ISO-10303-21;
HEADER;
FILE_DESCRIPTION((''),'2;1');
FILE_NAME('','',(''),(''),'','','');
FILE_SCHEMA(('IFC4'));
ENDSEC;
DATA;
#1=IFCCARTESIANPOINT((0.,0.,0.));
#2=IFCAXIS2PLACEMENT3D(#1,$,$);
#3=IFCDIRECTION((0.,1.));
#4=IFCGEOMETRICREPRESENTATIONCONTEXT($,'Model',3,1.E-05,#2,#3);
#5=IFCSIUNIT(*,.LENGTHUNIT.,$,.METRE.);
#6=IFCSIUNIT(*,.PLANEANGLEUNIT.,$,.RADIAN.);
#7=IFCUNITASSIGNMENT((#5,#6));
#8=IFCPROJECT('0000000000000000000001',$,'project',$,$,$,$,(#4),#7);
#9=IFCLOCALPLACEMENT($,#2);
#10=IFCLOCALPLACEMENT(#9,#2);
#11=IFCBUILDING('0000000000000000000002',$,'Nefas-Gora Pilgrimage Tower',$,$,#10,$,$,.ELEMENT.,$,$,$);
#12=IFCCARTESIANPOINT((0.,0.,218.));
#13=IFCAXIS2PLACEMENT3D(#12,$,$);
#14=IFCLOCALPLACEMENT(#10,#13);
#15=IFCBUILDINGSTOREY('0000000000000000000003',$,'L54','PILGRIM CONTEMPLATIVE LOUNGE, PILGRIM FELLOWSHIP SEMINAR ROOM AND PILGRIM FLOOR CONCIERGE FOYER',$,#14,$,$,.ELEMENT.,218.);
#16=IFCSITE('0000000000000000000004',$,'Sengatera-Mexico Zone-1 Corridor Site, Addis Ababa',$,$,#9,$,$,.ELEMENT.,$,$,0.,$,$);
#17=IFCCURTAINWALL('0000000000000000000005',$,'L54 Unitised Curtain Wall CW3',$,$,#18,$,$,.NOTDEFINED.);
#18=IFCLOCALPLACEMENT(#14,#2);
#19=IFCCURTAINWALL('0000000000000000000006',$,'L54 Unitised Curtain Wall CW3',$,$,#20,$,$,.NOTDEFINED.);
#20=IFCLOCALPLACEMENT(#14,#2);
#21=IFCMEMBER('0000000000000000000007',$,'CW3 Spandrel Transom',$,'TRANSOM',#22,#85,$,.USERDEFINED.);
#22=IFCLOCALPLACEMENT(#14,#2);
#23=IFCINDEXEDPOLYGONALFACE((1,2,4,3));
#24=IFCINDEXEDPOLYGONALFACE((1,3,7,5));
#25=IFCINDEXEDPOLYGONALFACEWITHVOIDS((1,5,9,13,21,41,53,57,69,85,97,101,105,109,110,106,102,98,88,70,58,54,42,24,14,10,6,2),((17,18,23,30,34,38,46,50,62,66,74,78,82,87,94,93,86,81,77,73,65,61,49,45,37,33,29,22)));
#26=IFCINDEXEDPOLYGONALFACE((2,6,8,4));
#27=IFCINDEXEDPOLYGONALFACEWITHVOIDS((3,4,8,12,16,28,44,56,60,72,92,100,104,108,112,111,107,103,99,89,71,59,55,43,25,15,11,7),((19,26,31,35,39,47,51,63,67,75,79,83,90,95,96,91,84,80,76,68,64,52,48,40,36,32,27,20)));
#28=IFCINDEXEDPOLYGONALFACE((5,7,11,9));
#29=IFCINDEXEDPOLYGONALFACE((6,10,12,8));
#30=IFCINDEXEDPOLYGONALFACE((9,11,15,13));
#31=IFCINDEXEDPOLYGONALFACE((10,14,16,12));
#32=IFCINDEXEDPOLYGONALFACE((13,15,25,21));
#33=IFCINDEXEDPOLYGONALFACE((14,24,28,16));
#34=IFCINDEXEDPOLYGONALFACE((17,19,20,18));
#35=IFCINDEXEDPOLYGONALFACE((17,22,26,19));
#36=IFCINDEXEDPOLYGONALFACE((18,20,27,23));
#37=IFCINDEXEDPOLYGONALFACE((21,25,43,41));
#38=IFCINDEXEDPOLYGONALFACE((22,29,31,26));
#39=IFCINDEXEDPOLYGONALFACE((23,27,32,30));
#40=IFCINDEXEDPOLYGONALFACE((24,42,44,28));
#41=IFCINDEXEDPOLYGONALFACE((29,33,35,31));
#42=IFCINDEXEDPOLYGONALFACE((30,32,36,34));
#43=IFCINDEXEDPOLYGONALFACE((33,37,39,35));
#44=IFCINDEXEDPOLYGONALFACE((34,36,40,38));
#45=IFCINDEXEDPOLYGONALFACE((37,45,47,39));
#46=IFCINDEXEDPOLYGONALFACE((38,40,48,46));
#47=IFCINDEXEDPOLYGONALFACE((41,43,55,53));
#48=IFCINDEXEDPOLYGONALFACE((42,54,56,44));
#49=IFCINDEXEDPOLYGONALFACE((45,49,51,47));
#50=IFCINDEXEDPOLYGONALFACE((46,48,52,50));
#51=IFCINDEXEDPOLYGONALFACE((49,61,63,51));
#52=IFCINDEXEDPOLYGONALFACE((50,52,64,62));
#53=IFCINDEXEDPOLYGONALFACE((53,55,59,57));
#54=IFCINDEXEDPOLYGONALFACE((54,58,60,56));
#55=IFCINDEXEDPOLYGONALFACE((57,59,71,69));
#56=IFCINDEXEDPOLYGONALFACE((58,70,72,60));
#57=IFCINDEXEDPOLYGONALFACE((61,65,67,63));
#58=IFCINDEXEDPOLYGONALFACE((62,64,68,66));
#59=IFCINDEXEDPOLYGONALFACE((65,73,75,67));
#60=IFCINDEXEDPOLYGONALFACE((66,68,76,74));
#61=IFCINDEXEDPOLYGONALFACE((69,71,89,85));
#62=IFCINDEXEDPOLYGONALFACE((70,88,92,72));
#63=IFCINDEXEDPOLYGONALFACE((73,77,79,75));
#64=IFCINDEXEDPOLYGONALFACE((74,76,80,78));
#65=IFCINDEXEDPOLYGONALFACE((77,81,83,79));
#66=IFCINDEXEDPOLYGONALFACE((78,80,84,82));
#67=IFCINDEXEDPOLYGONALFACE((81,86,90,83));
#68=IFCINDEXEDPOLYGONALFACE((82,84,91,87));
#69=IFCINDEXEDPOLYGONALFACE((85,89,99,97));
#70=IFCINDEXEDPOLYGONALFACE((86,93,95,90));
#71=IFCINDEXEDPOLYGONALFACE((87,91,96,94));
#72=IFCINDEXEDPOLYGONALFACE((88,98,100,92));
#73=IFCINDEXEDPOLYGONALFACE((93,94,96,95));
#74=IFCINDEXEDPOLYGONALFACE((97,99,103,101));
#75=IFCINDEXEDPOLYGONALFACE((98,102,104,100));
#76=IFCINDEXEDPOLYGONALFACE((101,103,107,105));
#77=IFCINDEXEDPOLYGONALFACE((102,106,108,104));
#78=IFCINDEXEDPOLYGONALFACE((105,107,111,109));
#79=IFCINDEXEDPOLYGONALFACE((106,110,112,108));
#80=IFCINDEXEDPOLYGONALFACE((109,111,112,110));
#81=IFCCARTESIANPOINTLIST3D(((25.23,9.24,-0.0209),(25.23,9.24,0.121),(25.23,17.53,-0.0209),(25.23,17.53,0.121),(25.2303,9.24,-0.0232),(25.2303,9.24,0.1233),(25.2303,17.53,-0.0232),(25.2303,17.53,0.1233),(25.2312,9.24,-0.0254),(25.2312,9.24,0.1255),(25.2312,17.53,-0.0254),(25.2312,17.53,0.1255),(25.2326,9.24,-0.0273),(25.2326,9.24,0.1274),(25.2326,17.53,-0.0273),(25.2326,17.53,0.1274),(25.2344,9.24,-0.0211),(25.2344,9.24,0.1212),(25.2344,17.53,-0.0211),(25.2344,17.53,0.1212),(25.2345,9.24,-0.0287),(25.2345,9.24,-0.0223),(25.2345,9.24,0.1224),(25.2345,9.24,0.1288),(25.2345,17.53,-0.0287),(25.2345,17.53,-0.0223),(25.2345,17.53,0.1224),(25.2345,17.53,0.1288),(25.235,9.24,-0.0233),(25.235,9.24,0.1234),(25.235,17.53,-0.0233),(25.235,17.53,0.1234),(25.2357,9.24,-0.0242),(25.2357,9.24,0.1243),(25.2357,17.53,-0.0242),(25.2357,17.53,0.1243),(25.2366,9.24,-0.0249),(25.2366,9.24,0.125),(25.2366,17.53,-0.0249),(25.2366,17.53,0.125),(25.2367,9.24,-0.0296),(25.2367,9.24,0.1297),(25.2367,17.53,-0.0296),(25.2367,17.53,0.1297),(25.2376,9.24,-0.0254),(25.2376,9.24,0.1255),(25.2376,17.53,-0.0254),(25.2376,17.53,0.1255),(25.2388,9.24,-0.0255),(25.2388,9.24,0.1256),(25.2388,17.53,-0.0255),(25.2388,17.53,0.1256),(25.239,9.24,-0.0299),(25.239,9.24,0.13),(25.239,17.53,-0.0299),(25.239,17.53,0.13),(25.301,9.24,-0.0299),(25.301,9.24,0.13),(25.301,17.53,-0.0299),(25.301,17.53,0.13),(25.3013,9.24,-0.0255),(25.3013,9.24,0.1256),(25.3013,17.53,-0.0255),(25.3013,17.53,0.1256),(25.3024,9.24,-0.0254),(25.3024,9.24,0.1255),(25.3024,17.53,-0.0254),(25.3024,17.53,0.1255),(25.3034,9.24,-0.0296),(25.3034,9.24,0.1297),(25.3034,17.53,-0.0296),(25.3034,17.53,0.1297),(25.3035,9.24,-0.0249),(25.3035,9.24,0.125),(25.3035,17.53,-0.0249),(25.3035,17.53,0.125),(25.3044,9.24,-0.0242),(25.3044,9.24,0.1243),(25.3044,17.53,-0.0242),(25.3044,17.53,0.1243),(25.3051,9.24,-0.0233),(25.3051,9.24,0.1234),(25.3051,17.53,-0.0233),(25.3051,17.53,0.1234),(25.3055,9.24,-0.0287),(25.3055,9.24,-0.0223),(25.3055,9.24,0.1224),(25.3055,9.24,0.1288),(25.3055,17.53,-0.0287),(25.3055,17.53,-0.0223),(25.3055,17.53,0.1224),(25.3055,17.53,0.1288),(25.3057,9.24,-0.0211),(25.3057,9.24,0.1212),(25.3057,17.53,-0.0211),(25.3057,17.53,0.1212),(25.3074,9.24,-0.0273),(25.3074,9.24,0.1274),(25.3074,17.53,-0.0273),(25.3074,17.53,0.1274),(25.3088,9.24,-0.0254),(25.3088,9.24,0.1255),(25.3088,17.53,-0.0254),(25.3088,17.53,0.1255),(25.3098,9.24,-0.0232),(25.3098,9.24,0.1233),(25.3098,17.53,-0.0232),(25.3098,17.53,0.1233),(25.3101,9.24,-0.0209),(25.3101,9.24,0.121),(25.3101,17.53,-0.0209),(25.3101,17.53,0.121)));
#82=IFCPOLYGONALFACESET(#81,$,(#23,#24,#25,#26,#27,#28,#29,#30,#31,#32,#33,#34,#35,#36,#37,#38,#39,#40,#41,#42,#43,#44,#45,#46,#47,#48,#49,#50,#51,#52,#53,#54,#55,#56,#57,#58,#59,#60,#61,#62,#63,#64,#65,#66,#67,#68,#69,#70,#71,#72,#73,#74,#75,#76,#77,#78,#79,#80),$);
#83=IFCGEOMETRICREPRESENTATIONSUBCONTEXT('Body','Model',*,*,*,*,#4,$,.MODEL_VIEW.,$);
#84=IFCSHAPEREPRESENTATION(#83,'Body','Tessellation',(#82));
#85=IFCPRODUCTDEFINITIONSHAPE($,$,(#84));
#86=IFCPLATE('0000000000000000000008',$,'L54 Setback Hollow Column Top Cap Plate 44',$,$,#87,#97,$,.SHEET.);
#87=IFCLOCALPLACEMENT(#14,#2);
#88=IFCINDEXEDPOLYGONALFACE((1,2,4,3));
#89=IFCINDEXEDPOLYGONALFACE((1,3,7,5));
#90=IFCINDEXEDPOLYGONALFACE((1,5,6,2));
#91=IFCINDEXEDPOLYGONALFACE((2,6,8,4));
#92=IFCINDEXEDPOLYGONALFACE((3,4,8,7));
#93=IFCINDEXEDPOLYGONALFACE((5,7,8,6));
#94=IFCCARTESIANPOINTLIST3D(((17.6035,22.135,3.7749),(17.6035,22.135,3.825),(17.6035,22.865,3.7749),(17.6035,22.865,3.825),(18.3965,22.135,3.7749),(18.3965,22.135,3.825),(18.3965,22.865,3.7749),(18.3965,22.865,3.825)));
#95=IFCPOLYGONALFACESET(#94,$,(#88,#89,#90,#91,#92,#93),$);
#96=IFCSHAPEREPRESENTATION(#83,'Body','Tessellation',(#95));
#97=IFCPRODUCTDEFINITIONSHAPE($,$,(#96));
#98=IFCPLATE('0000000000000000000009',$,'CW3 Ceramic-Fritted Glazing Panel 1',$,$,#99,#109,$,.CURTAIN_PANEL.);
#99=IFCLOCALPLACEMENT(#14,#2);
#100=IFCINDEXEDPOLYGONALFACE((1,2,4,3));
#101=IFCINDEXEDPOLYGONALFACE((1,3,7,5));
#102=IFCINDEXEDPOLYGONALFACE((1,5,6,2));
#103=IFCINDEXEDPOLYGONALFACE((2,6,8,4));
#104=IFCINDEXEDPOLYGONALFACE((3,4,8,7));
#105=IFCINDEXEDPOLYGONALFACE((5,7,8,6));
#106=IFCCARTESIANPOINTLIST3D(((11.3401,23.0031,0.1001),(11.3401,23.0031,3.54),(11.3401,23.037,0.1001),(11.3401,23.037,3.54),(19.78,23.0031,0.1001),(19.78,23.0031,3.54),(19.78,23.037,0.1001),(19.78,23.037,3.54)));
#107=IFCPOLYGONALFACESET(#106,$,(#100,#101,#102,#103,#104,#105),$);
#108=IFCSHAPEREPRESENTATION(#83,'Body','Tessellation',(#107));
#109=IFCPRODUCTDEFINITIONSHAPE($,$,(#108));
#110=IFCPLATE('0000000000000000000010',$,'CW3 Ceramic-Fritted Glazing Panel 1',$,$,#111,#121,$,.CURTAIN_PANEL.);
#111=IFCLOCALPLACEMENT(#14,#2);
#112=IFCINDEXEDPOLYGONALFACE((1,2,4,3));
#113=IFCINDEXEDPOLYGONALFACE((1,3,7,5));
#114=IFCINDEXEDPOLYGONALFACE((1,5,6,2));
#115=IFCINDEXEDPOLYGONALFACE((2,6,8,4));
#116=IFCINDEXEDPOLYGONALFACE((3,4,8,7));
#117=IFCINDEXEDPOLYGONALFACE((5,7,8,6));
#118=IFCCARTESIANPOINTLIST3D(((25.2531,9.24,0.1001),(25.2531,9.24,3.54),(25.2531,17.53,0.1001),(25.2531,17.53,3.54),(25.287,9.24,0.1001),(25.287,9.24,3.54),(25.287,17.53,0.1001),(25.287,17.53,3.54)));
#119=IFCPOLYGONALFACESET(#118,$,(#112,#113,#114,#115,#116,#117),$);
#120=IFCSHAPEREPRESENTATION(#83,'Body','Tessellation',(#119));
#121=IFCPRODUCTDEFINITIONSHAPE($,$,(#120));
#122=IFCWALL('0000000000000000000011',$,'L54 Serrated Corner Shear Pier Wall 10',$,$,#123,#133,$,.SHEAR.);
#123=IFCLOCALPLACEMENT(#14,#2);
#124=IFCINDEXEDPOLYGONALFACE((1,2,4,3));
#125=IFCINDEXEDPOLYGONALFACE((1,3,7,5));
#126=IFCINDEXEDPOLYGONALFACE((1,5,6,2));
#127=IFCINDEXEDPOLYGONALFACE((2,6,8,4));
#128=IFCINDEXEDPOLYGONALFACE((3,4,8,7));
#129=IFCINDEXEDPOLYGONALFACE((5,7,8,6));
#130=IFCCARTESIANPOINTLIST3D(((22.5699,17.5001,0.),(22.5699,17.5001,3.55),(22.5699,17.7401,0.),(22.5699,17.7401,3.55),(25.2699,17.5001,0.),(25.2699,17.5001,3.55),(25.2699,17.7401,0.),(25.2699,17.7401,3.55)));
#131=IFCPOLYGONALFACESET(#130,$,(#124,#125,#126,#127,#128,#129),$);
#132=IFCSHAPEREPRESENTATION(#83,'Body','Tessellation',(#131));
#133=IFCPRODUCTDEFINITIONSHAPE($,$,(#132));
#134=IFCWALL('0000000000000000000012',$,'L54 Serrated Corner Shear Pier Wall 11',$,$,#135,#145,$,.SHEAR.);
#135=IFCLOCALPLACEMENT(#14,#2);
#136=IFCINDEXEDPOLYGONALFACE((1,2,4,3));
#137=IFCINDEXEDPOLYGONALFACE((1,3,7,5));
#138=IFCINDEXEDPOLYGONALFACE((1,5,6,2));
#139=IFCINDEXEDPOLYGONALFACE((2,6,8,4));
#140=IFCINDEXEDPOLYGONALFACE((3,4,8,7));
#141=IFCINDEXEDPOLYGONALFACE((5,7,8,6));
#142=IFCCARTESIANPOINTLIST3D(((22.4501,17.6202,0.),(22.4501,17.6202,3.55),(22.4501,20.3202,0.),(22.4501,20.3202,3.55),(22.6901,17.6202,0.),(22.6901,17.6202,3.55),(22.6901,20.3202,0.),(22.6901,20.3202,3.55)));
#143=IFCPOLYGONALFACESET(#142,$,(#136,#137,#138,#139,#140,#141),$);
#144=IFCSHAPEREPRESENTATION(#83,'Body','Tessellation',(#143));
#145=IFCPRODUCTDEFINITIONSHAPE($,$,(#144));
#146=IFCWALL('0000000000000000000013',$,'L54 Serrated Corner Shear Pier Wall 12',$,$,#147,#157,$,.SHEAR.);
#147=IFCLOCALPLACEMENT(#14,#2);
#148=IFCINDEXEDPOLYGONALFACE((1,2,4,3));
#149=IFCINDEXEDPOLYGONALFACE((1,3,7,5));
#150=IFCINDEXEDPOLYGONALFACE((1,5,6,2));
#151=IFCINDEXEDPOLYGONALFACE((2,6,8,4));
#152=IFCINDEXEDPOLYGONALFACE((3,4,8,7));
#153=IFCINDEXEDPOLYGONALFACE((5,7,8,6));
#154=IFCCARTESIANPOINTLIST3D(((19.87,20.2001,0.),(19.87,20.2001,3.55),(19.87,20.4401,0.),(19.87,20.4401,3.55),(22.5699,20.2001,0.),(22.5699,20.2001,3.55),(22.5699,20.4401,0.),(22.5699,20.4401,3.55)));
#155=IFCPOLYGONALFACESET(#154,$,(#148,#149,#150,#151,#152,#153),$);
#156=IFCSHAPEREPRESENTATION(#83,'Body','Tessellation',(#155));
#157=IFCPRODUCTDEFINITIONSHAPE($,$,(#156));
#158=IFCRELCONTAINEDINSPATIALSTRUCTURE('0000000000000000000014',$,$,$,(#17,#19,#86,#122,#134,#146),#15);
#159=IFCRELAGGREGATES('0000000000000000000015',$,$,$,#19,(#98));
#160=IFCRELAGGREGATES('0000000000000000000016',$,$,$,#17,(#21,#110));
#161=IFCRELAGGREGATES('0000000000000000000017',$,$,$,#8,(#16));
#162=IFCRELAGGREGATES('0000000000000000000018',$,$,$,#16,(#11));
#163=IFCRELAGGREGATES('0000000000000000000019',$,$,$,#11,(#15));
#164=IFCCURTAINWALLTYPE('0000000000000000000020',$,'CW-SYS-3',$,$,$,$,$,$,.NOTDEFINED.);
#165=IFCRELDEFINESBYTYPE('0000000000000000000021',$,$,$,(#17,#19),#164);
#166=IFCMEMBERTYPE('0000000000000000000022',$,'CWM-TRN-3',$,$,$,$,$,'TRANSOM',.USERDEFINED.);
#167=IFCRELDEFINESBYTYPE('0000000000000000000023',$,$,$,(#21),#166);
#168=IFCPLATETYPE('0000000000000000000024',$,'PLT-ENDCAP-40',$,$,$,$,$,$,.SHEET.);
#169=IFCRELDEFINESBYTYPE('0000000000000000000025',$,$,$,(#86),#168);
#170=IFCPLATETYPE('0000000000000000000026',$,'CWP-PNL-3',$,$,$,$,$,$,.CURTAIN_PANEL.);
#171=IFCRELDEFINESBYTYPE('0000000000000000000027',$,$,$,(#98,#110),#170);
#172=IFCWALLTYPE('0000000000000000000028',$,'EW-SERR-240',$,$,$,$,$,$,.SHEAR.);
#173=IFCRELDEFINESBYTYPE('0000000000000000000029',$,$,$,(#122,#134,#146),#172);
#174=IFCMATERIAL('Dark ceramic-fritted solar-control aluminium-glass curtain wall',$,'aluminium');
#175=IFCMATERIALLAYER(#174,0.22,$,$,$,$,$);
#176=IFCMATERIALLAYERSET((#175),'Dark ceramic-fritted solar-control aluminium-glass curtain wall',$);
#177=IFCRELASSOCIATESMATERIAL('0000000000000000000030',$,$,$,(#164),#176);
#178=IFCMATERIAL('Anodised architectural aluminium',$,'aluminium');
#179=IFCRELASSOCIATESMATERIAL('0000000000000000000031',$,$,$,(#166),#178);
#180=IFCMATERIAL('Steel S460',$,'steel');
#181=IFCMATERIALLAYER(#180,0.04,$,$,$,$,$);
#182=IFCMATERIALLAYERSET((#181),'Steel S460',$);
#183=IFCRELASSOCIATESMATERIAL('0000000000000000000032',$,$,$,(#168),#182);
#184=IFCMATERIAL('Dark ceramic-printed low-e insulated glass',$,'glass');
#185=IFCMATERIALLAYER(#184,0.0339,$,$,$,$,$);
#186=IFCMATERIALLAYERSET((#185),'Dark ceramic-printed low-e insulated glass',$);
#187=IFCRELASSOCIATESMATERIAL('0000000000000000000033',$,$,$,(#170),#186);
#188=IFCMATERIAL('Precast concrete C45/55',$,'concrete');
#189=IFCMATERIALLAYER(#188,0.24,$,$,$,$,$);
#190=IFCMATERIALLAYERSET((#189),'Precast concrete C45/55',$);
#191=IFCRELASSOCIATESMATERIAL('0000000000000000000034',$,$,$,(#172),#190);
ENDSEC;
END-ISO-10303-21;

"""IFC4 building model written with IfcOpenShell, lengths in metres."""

from ifc_helpers import new_model, si_unit, direction, frame, frame_2d, origin, origin_2d, place, context, subcontext, project, spatial, rectangle, hollow_rectangle, extrude, source, transform, mapped, material, layer, layer_set, material_profile, profile_set, type_object, element, aggregate, save


model = new_model("IFC4")

# Units and contexts
model_context = context("Model", 3, precision=1e-05, world=origin(), true_north=direction((0.0, 1.0)))
body_context = subcontext(model_context, "Body", "Model", "MODEL_VIEW")
ifc_project = project(units=[si_unit("LENGTHUNIT", "METRE"), si_unit("PLANEANGLEUNIT", "RADIAN")], contexts=[model_context])

# Site, building, storey
site_placement = place(None, origin())
site = spatial("IfcSite", under=ifc_project, at=site_placement, Name="Sengatera-Mexico Zone-1 Corridor Site, Addis Ababa", CompositionType="ELEMENT", RefElevation=0.0)
building_placement = place(site_placement, origin())
building = spatial("IfcBuilding", under=site, at=building_placement, Name="Nefas-Gora Pilgrimage Tower", CompositionType="ELEMENT")
storey_placement = place(building_placement, frame((0.0, 0.0, 218.0)))
storey = spatial("IfcBuildingStorey", under=building, at=storey_placement, Name="L54", Description="PILGRIM CONTEMPLATIVE LOUNGE, PILGRIM FELLOWSHIP SEMINAR ROOM AND PILGRIM FLOOR CONCIERGE FOYER", CompositionType="ELEMENT", Elevation=218.0)

# Shared definitions
ifc_material_1 = material(Name="Steel S460", Category="steel")

# Curtain walls
ifc_material_2 = material(Name="Dark ceramic-fritted solar-control aluminium-glass curtain wall", Category="aluminium")
ifc_layer_1 = layer(ifc_material_2, 0.22)
ifc_layer_set_1 = layer_set([ifc_layer_1], Name="Dark ceramic-fritted solar-control aluminium-glass curtain wall")
curtain_wall_type = type_object("IfcCurtainWallType", Name="CW-SYS-3", PredefinedType="NOTDEFINED", material=ifc_layer_set_1)
curtain_wall_1_placement = place(storey_placement, origin())
curtain_wall_1 = element("IfcCurtainWall", 1, at=curtain_wall_1_placement, inside=storey, type_object=curtain_wall_type, Name="L54 Unitised Curtain Wall CW3", PredefinedType="NOTDEFINED")
ifc_material_3 = material(Name="Anodised architectural aluminium", Category="aluminium")
curtain_wall_2_placement = place(storey_placement, origin())
curtain_wall_2 = element("IfcCurtainWall", 2, at=curtain_wall_2_placement, inside=storey, type_object=curtain_wall_type, Name="L54 Unitised Curtain Wall CW3", PredefinedType="NOTDEFINED")
ifc_material_profile_1 = material_profile(ifc_material_3, hollow_rectangle(XDim=0.0801, YDim=0.1599, WallThickness=0.0044, InnerFilletRadius=0.0044, OuterFilletRadius=0.009, at=origin_2d()), Name="ALU TRANSOM 80x160")
ifc_profile_set_1 = profile_set([ifc_material_profile_1], Name="Anodised architectural aluminium")
member_type_1 = type_object("IfcMemberType", Name="CWM-TRN-3", ElementType="TRANSOM", PredefinedType="USERDEFINED", material=ifc_profile_set_1)

# Member
shared_shape_1 = source(origin(), body_context, "Body", "SweptSolid", [
    extrude(hollow_rectangle(XDim=0.0801, YDim=0.1599, WallThickness=0.0044, InnerFilletRadius=0.0044, OuterFilletRadius=0.009, at=origin_2d()), origin(), (0.0, 0.0, 1.0), 8.29),
])
member_1_placement = place(storey_placement, frame((25.27, 9.24, 0.05), z_axis=(0.0, 1.0, 0.0), x_axis=(-1.0, 0.0, 0.0)))
member_1 = element("IfcMember", 3, at=member_1_placement, type_object=member_type_1, Name="CW3 Spandrel Transom", ObjectType="TRANSOM", PredefinedType="USERDEFINED", context=body_context, shape_type="MappedRepresentation", body=[
    mapped(shared_shape_1, transform((0.0, 0.0, 0.0), x_axis=(1.0, 0.0, 0.0), y_axis=(0.0, 1.0, 0.0), z_axis=(0.0, 0.0, 1.0), scale=1.0)),
])

# Plates
ifc_layer_2 = layer(ifc_material_1, 0.04)
ifc_layer_set_2 = layer_set([ifc_layer_2], Name="Steel S460")
plate_type_1 = type_object("IfcPlateType", Name="PLT-ENDCAP-40", PredefinedType="SHEET", material=ifc_layer_set_2)
shared_shape_2 = source(origin(), body_context, "Body", "SweptSolid", [
    extrude(rectangle(XDim=0.793, YDim=0.73, at=origin_2d()), origin(), (0.0, 0.0, 1.0), 0.05),
])
plate_1_placement = place(storey_placement, frame((18.0, 22.5, 3.7749), z_axis=(0.0, 0.0, 1.0), x_axis=(1.0, 0.0, 0.0)))
element("IfcPlate", 4, at=plate_1_placement, inside=storey, type_object=plate_type_1, Name="L54 Setback Hollow Column Top Cap Plate 44", PredefinedType="SHEET", context=body_context, shape_type="MappedRepresentation", body=[
    mapped(shared_shape_2, transform((0.0, 0.0, 0.0), x_axis=(1.0, 0.0, 0.0), y_axis=(0.0, 1.0, 0.0), z_axis=(0.0, 0.0, 1.0), scale=1.0)),
])
ifc_material_4 = material(Name="Dark ceramic-printed low-e insulated glass", Category="glass")
ifc_layer_3 = layer(ifc_material_4, 0.0339)
ifc_layer_set_3 = layer_set([ifc_layer_3], Name="Dark ceramic-printed low-e insulated glass")
plate_type_2 = type_object("IfcPlateType", Name="CWP-PNL-3", PredefinedType="CURTAIN_PANEL", material=ifc_layer_set_3)
shared_shape_3 = source(origin(), body_context, "Body", "SweptSolid", [
    extrude(rectangle(XDim=8.4399, YDim=0.0339, at=origin_2d()), origin(), (0.0, 0.0, 1.0), 3.4399),
])
plate_2_placement = place(storey_placement, frame((15.5601, 23.02, 0.1001), z_axis=(0.0, 0.0, 1.0), x_axis=(-1.0, 0.0, 0.0)))
plate_2 = element("IfcPlate", 5, at=plate_2_placement, type_object=plate_type_2, Name="CW3 Ceramic-Fritted Glazing Panel 1", PredefinedType="CURTAIN_PANEL", context=body_context, shape_type="MappedRepresentation", body=[
    mapped(shared_shape_3, transform((0.0, 0.0, 0.0), x_axis=(1.0, 0.0, 0.0), y_axis=(0.0, 1.0, 0.0), z_axis=(0.0, 0.0, 1.0), scale=1.0)),
])
aggregate(curtain_wall_2, [plate_2])
shared_shape_4 = source(origin(), body_context, "Body", "SweptSolid", [
    extrude(rectangle(XDim=8.29, YDim=0.0339, at=origin_2d()), origin(), (0.0, 0.0, 1.0), 3.4399),
])
plate_3_placement = place(storey_placement, frame((25.27, 13.385, 0.1001), z_axis=(0.0, 0.0, 1.0), x_axis=(0.0, 1.0, 0.0)))
plate_3 = element("IfcPlate", 6, at=plate_3_placement, type_object=plate_type_2, Name="CW3 Ceramic-Fritted Glazing Panel 1", PredefinedType="CURTAIN_PANEL", context=body_context, shape_type="MappedRepresentation", body=[
    mapped(shared_shape_4, transform((0.0, 0.0, 0.0), x_axis=(1.0, 0.0, 0.0), y_axis=(0.0, 1.0, 0.0), z_axis=(0.0, 0.0, 1.0), scale=1.0)),
])
aggregate(curtain_wall_1, [member_1, plate_3])

# Walls
ifc_material_5 = material(Name="Precast concrete C45/55", Category="concrete")
ifc_layer_4 = layer(ifc_material_5, 0.24)
ifc_layer_set_4 = layer_set([ifc_layer_4], Name="Precast concrete C45/55")
wall_type_1 = type_object("IfcWallType", Name="EW-SERR-240", PredefinedType="SHEAR", material=ifc_layer_set_4)
shared_shape_5 = source(origin(), body_context, "Body", "SweptSolid", [
    extrude(rectangle(XDim=2.7, YDim=0.24, at=frame_2d((1.3501, 0.0))), origin(), (0.0, 0.0, 1.0), 3.55),
])
for number, where, z_axis, x_axis, name in (
    (7, (25.27, 17.6201, 0.0), (0.0, 0.0, 1.0), (-1.0, 0.0, 0.0), "L54 Serrated Corner Shear Pier Wall 10"),
    (8, (22.5701, 17.6201, 0.0), (0.0, 0.0, 1.0), (0.0, 1.0, 0.0), "L54 Serrated Corner Shear Pier Wall 11"),
    (9, (22.5701, 20.3201, 0.0), (0.0, 0.0, 1.0), (-1.0, 0.0, 0.0), "L54 Serrated Corner Shear Pier Wall 12"),
):
    element("IfcWall", number, at=place(storey_placement, frame(where, z_axis=z_axis, x_axis=x_axis)), inside=storey, type_object=wall_type_1, Name=name, PredefinedType="SHEAR", context=body_context, shape_type="MappedRepresentation", body=[
        mapped(shared_shape_5, transform((0.0, 0.0, 0.0), x_axis=(1.0, 0.0, 0.0), y_axis=(0.0, 1.0, 0.0), z_axis=(0.0, 0.0, 1.0), scale=1.0)),
    ])

save(model, "model.ifc")
